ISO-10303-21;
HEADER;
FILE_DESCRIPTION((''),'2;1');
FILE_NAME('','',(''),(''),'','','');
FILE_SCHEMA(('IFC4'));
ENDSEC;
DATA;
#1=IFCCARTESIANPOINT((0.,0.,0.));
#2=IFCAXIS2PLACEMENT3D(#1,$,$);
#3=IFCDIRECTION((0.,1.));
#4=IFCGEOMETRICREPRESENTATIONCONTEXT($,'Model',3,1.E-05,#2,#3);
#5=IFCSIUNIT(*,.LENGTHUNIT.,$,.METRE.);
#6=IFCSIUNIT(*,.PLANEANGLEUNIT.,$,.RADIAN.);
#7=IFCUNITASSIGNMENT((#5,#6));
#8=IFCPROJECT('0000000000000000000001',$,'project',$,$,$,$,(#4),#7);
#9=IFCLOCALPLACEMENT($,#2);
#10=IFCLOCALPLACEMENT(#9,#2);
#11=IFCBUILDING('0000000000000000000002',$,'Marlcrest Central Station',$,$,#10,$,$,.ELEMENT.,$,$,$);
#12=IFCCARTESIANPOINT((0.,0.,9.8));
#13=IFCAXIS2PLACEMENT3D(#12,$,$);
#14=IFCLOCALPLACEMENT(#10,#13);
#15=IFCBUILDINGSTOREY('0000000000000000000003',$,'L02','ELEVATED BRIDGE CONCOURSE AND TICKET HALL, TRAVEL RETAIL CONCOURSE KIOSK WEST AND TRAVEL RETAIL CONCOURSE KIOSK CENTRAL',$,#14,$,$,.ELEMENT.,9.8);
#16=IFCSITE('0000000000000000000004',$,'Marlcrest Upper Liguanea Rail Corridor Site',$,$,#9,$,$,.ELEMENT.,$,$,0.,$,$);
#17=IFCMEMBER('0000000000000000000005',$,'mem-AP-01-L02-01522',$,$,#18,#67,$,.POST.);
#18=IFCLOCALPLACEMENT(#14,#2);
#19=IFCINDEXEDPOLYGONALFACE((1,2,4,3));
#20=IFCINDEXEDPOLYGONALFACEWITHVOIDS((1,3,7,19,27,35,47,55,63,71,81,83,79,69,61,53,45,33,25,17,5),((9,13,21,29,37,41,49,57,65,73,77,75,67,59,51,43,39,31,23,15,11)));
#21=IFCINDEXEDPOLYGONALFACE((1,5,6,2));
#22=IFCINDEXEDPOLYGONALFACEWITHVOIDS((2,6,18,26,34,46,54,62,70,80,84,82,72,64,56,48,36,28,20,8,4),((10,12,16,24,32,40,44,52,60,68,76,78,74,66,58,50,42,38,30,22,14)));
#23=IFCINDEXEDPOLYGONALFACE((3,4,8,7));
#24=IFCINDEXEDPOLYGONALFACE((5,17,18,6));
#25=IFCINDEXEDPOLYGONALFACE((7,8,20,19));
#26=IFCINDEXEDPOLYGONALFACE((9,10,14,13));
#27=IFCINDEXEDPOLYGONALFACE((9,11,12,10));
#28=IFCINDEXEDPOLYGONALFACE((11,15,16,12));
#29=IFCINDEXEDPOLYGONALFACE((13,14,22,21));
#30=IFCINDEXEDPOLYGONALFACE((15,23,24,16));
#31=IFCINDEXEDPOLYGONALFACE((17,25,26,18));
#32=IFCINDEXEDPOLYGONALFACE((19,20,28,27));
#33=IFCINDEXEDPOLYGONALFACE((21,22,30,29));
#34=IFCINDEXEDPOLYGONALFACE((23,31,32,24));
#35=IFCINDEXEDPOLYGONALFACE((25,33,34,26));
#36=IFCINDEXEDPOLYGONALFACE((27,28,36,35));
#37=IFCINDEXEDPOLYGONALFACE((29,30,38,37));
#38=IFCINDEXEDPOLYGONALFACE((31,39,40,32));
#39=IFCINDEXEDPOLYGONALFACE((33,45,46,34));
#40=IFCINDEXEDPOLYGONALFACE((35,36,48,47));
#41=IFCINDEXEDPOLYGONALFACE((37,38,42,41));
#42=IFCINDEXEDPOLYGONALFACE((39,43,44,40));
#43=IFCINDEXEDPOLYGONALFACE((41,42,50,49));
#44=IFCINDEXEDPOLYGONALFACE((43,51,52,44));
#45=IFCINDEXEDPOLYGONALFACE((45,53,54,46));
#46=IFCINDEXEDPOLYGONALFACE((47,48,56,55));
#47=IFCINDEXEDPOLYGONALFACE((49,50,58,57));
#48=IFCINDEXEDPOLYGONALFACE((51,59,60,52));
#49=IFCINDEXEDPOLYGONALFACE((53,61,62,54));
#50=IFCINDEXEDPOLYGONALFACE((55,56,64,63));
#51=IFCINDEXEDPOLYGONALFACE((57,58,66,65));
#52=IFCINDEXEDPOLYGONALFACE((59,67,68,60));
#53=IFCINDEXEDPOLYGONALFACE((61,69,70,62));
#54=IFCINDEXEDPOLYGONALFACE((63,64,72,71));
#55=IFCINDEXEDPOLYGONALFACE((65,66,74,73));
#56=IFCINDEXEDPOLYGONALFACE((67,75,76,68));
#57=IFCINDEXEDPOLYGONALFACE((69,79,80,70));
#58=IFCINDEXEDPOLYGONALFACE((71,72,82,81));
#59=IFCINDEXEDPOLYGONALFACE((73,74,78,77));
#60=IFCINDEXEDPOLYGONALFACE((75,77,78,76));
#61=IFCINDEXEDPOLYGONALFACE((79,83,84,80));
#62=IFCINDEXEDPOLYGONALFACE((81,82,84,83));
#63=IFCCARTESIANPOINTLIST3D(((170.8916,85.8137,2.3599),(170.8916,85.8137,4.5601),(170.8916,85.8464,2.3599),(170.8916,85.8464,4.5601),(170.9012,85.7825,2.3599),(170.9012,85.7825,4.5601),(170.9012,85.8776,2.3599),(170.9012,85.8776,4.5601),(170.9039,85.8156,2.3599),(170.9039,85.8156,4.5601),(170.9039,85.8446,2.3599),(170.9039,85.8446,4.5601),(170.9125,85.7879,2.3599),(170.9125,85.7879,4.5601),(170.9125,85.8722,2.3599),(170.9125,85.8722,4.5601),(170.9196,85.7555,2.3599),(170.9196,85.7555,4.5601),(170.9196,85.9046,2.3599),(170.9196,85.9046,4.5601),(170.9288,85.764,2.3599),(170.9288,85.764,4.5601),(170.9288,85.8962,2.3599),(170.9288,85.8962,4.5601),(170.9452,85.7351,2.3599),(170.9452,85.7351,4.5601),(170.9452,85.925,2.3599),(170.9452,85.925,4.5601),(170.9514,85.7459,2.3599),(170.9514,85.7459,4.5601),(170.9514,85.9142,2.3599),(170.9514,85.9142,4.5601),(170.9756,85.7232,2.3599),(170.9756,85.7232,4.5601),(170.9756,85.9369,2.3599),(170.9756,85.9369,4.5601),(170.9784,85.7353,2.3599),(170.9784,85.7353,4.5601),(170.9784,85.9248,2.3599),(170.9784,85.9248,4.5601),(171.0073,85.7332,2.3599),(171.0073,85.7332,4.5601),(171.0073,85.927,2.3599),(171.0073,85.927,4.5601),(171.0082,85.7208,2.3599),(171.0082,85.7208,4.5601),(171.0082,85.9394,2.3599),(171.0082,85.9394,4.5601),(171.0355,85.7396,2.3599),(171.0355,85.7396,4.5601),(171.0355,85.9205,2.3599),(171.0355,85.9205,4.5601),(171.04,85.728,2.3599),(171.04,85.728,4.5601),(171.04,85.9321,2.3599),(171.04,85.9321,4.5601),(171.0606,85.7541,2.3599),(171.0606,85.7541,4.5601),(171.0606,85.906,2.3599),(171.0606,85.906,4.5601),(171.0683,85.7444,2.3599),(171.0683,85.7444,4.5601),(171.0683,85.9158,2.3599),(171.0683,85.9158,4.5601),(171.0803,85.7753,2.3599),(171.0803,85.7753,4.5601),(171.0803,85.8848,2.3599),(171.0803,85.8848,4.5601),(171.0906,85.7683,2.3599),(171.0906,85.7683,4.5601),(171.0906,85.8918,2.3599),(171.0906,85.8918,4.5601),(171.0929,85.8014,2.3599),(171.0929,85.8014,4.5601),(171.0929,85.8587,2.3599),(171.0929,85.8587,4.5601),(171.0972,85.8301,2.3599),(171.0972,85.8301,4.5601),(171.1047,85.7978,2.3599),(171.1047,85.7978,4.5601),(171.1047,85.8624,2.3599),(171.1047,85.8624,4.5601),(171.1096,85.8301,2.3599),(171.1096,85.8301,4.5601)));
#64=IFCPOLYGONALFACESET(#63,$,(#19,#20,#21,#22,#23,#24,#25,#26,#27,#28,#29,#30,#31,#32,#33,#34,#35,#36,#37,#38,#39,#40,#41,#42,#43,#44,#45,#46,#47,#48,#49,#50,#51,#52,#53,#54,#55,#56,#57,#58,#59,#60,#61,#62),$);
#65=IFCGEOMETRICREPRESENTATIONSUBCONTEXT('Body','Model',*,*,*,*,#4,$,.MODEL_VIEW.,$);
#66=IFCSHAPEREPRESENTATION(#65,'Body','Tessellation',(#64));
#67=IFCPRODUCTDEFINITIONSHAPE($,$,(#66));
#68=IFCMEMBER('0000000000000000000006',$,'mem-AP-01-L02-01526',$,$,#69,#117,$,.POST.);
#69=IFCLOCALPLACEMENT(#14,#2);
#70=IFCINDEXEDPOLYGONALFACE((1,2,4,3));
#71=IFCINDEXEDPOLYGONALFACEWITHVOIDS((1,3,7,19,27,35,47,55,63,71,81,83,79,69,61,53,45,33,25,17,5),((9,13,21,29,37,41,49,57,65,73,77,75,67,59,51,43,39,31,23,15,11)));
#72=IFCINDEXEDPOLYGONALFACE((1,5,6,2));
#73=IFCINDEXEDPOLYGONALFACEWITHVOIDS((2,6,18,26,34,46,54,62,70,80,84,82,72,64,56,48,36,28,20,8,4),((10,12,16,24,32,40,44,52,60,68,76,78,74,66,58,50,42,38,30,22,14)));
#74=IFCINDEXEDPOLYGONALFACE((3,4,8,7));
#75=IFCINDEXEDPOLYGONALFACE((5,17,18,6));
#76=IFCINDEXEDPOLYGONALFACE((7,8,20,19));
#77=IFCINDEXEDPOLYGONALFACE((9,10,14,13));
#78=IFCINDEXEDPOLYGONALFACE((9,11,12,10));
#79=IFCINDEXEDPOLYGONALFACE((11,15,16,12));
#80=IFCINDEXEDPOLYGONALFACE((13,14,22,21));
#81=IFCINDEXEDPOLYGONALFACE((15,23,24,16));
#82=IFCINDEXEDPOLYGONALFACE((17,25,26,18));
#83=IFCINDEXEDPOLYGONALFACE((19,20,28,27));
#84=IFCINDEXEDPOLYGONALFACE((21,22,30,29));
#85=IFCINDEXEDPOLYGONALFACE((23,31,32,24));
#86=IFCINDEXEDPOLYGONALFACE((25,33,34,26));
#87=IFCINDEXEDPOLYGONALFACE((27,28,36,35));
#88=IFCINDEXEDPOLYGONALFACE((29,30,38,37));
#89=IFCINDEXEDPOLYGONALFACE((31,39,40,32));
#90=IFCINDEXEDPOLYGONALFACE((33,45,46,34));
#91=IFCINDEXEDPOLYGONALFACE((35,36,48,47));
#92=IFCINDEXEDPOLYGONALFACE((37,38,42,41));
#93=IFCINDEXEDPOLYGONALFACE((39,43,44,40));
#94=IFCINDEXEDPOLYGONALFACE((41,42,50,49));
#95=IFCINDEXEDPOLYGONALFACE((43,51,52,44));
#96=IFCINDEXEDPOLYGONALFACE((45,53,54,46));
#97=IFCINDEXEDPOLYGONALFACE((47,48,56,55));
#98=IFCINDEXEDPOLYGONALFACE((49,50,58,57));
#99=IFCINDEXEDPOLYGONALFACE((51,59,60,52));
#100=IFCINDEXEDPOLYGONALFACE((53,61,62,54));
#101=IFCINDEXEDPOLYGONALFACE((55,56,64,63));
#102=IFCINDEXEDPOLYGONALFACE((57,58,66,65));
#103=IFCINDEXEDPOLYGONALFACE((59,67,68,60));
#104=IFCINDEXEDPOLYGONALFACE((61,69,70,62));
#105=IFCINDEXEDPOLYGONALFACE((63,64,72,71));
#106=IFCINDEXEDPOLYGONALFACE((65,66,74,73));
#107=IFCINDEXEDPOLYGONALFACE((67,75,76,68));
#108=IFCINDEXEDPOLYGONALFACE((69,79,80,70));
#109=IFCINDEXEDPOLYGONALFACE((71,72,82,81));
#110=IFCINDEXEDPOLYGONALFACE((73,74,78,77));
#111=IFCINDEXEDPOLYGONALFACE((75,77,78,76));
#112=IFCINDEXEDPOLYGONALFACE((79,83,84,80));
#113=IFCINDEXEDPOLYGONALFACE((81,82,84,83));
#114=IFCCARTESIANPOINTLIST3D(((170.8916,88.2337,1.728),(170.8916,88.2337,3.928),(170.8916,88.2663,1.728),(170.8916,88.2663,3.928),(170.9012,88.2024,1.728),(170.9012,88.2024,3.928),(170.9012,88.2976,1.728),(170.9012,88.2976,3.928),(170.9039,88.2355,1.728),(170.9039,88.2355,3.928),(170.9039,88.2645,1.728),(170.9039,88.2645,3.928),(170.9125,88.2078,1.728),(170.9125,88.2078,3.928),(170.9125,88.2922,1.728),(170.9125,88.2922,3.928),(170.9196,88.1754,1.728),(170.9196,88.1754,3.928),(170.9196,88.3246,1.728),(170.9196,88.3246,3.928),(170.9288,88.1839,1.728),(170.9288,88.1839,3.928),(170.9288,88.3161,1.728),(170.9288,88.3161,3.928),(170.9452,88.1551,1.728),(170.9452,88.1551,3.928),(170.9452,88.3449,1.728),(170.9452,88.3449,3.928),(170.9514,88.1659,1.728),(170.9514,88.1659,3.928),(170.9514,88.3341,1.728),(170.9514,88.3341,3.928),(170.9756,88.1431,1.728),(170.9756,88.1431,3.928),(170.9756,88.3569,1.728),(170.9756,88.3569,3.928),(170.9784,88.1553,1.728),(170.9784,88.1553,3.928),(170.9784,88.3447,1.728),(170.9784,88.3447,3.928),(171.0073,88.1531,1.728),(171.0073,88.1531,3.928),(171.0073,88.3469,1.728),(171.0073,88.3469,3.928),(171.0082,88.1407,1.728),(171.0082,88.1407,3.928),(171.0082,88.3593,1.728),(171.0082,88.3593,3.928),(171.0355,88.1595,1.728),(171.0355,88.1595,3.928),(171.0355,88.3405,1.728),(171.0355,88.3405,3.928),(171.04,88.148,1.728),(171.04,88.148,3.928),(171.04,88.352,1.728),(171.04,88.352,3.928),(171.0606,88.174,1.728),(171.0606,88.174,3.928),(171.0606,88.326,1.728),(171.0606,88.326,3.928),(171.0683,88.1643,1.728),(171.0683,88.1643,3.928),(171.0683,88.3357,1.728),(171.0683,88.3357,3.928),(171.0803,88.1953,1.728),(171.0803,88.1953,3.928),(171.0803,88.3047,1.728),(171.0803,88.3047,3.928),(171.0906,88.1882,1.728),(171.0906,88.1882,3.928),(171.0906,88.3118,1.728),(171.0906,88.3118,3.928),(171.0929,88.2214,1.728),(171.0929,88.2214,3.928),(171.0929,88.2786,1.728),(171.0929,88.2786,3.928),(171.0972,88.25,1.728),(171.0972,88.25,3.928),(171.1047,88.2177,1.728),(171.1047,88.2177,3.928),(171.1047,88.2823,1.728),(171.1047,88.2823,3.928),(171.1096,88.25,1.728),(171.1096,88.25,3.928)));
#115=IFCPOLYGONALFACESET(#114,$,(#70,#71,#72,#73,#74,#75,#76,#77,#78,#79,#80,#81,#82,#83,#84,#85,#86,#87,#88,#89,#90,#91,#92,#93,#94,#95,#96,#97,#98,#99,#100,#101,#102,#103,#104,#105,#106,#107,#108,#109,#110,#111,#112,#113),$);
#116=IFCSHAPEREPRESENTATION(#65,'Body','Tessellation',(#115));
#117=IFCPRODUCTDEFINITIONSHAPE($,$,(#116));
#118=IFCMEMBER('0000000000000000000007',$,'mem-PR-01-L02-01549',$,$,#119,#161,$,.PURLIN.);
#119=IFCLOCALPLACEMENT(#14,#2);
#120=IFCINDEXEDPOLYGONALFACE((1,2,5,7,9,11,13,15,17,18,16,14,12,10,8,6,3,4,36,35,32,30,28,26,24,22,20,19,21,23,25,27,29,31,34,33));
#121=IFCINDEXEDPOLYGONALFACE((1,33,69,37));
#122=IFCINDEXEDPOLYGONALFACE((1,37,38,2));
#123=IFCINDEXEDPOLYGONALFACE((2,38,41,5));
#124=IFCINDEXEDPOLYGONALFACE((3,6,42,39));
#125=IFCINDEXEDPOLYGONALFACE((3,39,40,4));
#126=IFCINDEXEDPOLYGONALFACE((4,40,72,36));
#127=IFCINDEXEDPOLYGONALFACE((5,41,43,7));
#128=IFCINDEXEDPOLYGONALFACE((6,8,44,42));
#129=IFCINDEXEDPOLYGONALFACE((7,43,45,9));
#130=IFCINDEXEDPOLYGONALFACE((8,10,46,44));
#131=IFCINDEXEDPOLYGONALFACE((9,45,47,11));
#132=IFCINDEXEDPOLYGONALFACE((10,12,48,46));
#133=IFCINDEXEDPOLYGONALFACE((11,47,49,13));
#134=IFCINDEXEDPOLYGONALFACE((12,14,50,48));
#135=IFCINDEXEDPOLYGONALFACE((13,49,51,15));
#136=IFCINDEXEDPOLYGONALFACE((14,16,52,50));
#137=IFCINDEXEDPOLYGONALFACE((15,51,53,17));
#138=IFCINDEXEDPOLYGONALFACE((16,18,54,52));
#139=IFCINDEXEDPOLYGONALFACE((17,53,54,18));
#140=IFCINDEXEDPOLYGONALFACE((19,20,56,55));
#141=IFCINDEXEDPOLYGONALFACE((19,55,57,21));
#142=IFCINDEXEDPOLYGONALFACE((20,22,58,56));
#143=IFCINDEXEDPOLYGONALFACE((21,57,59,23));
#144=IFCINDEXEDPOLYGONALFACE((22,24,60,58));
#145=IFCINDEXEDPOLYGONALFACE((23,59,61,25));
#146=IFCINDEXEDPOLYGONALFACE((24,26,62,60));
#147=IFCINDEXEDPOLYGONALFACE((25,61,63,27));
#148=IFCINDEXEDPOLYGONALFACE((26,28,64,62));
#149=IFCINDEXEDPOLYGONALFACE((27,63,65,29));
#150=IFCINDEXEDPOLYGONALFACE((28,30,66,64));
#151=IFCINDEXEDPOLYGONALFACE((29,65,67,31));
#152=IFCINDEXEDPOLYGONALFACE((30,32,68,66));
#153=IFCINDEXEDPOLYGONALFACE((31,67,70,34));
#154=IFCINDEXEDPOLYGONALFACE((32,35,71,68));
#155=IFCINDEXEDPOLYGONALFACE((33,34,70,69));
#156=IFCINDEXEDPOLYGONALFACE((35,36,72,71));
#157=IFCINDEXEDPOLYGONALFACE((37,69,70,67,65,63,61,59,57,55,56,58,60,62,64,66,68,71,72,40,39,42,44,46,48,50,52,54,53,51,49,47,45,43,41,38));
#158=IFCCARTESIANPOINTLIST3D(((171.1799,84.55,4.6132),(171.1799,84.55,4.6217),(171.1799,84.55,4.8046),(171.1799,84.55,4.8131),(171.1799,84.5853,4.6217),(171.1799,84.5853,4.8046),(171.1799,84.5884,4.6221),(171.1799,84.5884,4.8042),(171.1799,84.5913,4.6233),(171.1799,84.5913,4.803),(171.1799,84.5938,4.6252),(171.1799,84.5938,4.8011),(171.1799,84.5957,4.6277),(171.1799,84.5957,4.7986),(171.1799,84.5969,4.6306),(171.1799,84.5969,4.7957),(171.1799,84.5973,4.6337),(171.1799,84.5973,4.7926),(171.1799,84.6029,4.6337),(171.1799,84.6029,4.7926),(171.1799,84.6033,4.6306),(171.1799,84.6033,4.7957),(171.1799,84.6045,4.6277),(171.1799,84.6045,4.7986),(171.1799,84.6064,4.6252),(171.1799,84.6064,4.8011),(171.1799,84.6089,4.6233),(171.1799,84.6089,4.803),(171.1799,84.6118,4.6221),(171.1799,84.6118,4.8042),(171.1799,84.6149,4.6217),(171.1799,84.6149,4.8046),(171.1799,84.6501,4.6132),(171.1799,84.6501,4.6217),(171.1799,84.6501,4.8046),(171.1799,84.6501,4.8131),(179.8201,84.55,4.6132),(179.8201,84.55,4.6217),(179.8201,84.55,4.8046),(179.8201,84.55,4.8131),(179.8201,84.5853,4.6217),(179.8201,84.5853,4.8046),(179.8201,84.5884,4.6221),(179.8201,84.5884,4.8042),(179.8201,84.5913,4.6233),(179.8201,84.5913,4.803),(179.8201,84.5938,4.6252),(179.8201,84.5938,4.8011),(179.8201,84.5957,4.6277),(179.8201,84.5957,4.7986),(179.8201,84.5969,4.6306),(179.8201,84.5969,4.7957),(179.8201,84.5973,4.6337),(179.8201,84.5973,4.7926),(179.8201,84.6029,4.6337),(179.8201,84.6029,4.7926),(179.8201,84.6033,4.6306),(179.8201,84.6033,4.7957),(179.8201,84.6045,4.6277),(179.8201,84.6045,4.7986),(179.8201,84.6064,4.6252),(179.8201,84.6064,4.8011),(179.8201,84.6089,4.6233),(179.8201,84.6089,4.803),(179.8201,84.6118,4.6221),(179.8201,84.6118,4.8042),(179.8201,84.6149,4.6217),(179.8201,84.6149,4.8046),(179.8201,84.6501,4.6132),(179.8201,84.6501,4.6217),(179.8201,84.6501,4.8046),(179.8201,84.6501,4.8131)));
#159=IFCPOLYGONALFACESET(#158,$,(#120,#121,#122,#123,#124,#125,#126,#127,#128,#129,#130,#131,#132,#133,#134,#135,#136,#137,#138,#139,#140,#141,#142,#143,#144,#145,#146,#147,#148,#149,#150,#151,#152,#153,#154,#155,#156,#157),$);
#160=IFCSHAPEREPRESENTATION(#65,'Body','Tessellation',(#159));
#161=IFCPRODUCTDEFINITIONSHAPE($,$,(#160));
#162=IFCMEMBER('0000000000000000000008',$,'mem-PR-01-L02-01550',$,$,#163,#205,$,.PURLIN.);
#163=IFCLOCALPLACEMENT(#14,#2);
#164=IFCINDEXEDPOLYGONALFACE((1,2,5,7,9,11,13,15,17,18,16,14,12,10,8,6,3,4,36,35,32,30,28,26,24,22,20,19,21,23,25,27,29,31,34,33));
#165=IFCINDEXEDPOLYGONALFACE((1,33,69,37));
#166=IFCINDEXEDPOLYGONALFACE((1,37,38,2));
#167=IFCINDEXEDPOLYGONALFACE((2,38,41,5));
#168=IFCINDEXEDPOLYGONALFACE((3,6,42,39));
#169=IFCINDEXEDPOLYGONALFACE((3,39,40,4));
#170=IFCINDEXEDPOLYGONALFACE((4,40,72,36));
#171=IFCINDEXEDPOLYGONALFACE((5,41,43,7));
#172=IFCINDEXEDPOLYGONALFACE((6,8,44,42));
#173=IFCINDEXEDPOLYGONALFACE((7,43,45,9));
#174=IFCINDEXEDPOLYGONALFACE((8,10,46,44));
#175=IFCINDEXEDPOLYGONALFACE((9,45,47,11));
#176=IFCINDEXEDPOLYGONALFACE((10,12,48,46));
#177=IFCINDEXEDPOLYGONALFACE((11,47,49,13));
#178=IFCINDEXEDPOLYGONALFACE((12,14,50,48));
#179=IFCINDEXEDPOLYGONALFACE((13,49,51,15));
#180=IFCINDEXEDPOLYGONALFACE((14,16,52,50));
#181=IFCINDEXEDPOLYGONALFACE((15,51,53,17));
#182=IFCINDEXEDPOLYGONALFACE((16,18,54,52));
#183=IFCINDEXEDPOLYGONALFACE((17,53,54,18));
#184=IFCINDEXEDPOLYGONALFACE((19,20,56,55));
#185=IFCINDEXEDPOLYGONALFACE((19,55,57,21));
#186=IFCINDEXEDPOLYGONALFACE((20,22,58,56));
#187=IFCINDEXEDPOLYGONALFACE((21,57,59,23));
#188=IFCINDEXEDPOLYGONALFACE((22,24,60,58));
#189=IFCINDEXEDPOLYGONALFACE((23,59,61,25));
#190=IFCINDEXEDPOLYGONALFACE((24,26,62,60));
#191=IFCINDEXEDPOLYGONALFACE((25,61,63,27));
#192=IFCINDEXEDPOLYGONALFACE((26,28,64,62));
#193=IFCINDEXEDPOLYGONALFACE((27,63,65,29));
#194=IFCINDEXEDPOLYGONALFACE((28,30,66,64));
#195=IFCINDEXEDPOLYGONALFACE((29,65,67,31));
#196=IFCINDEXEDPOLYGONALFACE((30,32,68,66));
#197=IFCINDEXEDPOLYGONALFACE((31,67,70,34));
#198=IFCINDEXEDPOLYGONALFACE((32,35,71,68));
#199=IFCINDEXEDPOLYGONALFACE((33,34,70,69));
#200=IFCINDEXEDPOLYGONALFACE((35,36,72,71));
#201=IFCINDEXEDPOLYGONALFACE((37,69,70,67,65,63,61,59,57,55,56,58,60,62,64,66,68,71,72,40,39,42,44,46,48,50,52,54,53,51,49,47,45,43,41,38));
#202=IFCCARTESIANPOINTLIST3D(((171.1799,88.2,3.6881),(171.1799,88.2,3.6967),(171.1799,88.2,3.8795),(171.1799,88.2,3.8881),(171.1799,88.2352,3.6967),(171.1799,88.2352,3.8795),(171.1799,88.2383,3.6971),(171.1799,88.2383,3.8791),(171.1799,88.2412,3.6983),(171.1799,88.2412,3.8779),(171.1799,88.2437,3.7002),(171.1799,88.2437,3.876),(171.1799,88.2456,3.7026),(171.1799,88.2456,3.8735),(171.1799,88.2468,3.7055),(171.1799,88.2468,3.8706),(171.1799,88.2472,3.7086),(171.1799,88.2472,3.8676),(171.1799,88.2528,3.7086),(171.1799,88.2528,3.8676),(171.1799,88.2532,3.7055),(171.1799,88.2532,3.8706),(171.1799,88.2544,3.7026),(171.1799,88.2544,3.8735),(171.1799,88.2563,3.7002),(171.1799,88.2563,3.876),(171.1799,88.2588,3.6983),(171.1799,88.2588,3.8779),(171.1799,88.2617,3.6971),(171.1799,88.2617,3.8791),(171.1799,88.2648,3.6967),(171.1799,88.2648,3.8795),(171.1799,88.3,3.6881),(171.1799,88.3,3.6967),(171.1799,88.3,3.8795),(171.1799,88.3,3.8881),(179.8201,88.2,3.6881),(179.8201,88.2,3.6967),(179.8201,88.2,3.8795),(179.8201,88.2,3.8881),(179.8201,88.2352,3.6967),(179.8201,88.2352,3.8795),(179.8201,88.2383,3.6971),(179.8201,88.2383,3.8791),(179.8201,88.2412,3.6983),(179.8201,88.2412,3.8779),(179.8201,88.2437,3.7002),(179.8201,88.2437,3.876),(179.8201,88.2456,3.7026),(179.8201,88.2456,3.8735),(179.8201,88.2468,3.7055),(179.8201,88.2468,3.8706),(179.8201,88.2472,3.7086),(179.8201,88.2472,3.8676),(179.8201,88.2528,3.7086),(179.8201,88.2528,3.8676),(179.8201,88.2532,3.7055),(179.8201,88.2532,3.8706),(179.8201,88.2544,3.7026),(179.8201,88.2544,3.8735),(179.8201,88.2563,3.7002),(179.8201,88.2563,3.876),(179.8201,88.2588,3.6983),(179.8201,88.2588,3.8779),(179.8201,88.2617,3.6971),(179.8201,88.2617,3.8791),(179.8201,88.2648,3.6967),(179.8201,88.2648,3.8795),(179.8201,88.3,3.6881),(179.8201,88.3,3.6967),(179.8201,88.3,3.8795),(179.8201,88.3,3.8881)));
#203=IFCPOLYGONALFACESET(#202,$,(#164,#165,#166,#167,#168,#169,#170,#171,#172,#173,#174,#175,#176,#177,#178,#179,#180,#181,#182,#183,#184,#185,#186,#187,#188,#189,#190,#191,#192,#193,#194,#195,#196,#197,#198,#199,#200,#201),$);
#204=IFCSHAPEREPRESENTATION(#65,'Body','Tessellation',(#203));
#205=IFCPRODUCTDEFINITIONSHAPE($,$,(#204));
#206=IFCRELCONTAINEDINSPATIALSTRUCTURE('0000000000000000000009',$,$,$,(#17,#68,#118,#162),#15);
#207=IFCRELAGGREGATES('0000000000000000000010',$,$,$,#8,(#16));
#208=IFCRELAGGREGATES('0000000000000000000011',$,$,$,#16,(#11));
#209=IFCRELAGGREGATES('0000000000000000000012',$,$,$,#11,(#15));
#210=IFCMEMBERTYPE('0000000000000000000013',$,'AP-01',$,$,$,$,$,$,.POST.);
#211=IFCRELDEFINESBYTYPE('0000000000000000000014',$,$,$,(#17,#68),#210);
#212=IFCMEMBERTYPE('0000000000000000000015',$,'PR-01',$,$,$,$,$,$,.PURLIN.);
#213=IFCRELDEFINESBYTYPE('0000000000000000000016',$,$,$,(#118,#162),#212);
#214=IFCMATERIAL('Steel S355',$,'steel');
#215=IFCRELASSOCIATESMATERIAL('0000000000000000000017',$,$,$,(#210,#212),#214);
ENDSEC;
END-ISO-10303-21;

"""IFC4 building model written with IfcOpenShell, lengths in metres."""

from ifc_helpers import new_model, si_unit, direction, frame, origin, origin_2d, place, context, subcontext, project, spatial, hollow_circle, i_section, extrude, material, material_profile, profile_set, type_object, element, save


model = new_model("IFC4")

# Units and contexts
model_context = context("Model", 3, precision=1e-05, world=origin(), true_north=direction((0.0, 1.0)))
body_context = subcontext(model_context, "Body", "Model", "MODEL_VIEW")
ifc_project = project(units=[si_unit("LENGTHUNIT", "METRE"), si_unit("PLANEANGLEUNIT", "RADIAN")], contexts=[model_context])

# Site, building, storey
site_placement = place(None, origin())
site = spatial("IfcSite", under=ifc_project, at=site_placement, Name="Marlcrest Upper Liguanea Rail Corridor Site", CompositionType="ELEMENT", RefElevation=0.0)
building_placement = place(site_placement, origin())
building = spatial("IfcBuilding", under=site, at=building_placement, Name="Marlcrest Central Station", CompositionType="ELEMENT")
storey_placement = place(building_placement, frame((0.0, 0.0, 9.8)))
storey = spatial("IfcBuildingStorey", under=building, at=storey_placement, Name="L02", Description="ELEVATED BRIDGE CONCOURSE AND TICKET HALL, TRAVEL RETAIL CONCOURSE KIOSK WEST AND TRAVEL RETAIL CONCOURSE KIOSK CENTRAL", CompositionType="ELEMENT", Elevation=9.8)

# Members
ifc_material_1 = material(Name="Steel S355", Category="steel")
ifc_material_profile_1 = material_profile(ifc_material_1, hollow_circle(Radius=0.1096, WallThickness=0.0125, at=origin_2d()), Name="CHS 219.1x12.5")
ifc_profile_set_1 = profile_set([ifc_material_profile_1], Name="Steel S355")
member_type_1 = type_object("IfcMemberType", Name="AP-01", PredefinedType="POST", material=ifc_profile_set_1)
member_1_placement = place(storey_placement, frame((171.0, 85.8301, 2.3599), z_axis=(0.0, 0.0, 1.0), x_axis=(1.0, 0.0, 0.0)))
element("IfcMember", 1, at=member_1_placement, inside=storey, type_object=member_type_1, Name="mem-AP-01-L02-01522", PredefinedType="POST", context=body_context, shape_type="SweptSolid", body=[
    extrude(hollow_circle(Radius=0.1096, WallThickness=0.0125, at=origin_2d()), origin(), (0.0, 0.0, 1.0), 2.2002),
])
member_2_placement = place(storey_placement, frame((171.0, 88.25, 1.728), z_axis=(0.0, 0.0, 1.0), x_axis=(1.0, 0.0, 0.0)))
element("IfcMember", 2, at=member_2_placement, inside=storey, type_object=member_type_1, Name="mem-AP-01-L02-01526", PredefinedType="POST", context=body_context, shape_type="SweptSolid", body=[
    extrude(hollow_circle(Radius=0.1096, WallThickness=0.0125, at=origin_2d()), origin(), (0.0, 0.0, 1.0), 2.2),
])
ifc_material_profile_2 = material_profile(ifc_material_1, i_section(OverallWidth=0.1001, OverallDepth=0.2, WebThickness=0.0056, FlangeThickness=0.0085, FilletRadius=0.012, at=origin_2d()), Name="IPE 200")
ifc_profile_set_2 = profile_set([ifc_material_profile_2], Name="Steel S355")
member_type_2 = type_object("IfcMemberType", Name="PR-01", PredefinedType="PURLIN", material=ifc_profile_set_2)
for number, where, z_axis, x_axis, name in (
    (3, (171.1799, 84.6001, 4.7131), (1.0, 0.0, 0.0), (0.0, 1.0, 0.0), "mem-PR-01-L02-01549"),
    (4, (171.1799, 88.25, 3.7881), (1.0, 0.0, 0.0), (0.0, 1.0, 0.0), "mem-PR-01-L02-01550"),
):
    element("IfcMember", number, at=place(storey_placement, frame(where, z_axis=z_axis, x_axis=x_axis)), inside=storey, type_object=member_type_2, Name=name, PredefinedType="PURLIN", context=body_context, shape_type="SweptSolid", body=[
        extrude(i_section(OverallWidth=0.1001, OverallDepth=0.2, WebThickness=0.0056, FlangeThickness=0.0085, FilletRadius=0.012, at=origin_2d()), origin(), (0.0, 0.0, 1.0), 8.6401),
    ])

save(model, "model.ifc")
